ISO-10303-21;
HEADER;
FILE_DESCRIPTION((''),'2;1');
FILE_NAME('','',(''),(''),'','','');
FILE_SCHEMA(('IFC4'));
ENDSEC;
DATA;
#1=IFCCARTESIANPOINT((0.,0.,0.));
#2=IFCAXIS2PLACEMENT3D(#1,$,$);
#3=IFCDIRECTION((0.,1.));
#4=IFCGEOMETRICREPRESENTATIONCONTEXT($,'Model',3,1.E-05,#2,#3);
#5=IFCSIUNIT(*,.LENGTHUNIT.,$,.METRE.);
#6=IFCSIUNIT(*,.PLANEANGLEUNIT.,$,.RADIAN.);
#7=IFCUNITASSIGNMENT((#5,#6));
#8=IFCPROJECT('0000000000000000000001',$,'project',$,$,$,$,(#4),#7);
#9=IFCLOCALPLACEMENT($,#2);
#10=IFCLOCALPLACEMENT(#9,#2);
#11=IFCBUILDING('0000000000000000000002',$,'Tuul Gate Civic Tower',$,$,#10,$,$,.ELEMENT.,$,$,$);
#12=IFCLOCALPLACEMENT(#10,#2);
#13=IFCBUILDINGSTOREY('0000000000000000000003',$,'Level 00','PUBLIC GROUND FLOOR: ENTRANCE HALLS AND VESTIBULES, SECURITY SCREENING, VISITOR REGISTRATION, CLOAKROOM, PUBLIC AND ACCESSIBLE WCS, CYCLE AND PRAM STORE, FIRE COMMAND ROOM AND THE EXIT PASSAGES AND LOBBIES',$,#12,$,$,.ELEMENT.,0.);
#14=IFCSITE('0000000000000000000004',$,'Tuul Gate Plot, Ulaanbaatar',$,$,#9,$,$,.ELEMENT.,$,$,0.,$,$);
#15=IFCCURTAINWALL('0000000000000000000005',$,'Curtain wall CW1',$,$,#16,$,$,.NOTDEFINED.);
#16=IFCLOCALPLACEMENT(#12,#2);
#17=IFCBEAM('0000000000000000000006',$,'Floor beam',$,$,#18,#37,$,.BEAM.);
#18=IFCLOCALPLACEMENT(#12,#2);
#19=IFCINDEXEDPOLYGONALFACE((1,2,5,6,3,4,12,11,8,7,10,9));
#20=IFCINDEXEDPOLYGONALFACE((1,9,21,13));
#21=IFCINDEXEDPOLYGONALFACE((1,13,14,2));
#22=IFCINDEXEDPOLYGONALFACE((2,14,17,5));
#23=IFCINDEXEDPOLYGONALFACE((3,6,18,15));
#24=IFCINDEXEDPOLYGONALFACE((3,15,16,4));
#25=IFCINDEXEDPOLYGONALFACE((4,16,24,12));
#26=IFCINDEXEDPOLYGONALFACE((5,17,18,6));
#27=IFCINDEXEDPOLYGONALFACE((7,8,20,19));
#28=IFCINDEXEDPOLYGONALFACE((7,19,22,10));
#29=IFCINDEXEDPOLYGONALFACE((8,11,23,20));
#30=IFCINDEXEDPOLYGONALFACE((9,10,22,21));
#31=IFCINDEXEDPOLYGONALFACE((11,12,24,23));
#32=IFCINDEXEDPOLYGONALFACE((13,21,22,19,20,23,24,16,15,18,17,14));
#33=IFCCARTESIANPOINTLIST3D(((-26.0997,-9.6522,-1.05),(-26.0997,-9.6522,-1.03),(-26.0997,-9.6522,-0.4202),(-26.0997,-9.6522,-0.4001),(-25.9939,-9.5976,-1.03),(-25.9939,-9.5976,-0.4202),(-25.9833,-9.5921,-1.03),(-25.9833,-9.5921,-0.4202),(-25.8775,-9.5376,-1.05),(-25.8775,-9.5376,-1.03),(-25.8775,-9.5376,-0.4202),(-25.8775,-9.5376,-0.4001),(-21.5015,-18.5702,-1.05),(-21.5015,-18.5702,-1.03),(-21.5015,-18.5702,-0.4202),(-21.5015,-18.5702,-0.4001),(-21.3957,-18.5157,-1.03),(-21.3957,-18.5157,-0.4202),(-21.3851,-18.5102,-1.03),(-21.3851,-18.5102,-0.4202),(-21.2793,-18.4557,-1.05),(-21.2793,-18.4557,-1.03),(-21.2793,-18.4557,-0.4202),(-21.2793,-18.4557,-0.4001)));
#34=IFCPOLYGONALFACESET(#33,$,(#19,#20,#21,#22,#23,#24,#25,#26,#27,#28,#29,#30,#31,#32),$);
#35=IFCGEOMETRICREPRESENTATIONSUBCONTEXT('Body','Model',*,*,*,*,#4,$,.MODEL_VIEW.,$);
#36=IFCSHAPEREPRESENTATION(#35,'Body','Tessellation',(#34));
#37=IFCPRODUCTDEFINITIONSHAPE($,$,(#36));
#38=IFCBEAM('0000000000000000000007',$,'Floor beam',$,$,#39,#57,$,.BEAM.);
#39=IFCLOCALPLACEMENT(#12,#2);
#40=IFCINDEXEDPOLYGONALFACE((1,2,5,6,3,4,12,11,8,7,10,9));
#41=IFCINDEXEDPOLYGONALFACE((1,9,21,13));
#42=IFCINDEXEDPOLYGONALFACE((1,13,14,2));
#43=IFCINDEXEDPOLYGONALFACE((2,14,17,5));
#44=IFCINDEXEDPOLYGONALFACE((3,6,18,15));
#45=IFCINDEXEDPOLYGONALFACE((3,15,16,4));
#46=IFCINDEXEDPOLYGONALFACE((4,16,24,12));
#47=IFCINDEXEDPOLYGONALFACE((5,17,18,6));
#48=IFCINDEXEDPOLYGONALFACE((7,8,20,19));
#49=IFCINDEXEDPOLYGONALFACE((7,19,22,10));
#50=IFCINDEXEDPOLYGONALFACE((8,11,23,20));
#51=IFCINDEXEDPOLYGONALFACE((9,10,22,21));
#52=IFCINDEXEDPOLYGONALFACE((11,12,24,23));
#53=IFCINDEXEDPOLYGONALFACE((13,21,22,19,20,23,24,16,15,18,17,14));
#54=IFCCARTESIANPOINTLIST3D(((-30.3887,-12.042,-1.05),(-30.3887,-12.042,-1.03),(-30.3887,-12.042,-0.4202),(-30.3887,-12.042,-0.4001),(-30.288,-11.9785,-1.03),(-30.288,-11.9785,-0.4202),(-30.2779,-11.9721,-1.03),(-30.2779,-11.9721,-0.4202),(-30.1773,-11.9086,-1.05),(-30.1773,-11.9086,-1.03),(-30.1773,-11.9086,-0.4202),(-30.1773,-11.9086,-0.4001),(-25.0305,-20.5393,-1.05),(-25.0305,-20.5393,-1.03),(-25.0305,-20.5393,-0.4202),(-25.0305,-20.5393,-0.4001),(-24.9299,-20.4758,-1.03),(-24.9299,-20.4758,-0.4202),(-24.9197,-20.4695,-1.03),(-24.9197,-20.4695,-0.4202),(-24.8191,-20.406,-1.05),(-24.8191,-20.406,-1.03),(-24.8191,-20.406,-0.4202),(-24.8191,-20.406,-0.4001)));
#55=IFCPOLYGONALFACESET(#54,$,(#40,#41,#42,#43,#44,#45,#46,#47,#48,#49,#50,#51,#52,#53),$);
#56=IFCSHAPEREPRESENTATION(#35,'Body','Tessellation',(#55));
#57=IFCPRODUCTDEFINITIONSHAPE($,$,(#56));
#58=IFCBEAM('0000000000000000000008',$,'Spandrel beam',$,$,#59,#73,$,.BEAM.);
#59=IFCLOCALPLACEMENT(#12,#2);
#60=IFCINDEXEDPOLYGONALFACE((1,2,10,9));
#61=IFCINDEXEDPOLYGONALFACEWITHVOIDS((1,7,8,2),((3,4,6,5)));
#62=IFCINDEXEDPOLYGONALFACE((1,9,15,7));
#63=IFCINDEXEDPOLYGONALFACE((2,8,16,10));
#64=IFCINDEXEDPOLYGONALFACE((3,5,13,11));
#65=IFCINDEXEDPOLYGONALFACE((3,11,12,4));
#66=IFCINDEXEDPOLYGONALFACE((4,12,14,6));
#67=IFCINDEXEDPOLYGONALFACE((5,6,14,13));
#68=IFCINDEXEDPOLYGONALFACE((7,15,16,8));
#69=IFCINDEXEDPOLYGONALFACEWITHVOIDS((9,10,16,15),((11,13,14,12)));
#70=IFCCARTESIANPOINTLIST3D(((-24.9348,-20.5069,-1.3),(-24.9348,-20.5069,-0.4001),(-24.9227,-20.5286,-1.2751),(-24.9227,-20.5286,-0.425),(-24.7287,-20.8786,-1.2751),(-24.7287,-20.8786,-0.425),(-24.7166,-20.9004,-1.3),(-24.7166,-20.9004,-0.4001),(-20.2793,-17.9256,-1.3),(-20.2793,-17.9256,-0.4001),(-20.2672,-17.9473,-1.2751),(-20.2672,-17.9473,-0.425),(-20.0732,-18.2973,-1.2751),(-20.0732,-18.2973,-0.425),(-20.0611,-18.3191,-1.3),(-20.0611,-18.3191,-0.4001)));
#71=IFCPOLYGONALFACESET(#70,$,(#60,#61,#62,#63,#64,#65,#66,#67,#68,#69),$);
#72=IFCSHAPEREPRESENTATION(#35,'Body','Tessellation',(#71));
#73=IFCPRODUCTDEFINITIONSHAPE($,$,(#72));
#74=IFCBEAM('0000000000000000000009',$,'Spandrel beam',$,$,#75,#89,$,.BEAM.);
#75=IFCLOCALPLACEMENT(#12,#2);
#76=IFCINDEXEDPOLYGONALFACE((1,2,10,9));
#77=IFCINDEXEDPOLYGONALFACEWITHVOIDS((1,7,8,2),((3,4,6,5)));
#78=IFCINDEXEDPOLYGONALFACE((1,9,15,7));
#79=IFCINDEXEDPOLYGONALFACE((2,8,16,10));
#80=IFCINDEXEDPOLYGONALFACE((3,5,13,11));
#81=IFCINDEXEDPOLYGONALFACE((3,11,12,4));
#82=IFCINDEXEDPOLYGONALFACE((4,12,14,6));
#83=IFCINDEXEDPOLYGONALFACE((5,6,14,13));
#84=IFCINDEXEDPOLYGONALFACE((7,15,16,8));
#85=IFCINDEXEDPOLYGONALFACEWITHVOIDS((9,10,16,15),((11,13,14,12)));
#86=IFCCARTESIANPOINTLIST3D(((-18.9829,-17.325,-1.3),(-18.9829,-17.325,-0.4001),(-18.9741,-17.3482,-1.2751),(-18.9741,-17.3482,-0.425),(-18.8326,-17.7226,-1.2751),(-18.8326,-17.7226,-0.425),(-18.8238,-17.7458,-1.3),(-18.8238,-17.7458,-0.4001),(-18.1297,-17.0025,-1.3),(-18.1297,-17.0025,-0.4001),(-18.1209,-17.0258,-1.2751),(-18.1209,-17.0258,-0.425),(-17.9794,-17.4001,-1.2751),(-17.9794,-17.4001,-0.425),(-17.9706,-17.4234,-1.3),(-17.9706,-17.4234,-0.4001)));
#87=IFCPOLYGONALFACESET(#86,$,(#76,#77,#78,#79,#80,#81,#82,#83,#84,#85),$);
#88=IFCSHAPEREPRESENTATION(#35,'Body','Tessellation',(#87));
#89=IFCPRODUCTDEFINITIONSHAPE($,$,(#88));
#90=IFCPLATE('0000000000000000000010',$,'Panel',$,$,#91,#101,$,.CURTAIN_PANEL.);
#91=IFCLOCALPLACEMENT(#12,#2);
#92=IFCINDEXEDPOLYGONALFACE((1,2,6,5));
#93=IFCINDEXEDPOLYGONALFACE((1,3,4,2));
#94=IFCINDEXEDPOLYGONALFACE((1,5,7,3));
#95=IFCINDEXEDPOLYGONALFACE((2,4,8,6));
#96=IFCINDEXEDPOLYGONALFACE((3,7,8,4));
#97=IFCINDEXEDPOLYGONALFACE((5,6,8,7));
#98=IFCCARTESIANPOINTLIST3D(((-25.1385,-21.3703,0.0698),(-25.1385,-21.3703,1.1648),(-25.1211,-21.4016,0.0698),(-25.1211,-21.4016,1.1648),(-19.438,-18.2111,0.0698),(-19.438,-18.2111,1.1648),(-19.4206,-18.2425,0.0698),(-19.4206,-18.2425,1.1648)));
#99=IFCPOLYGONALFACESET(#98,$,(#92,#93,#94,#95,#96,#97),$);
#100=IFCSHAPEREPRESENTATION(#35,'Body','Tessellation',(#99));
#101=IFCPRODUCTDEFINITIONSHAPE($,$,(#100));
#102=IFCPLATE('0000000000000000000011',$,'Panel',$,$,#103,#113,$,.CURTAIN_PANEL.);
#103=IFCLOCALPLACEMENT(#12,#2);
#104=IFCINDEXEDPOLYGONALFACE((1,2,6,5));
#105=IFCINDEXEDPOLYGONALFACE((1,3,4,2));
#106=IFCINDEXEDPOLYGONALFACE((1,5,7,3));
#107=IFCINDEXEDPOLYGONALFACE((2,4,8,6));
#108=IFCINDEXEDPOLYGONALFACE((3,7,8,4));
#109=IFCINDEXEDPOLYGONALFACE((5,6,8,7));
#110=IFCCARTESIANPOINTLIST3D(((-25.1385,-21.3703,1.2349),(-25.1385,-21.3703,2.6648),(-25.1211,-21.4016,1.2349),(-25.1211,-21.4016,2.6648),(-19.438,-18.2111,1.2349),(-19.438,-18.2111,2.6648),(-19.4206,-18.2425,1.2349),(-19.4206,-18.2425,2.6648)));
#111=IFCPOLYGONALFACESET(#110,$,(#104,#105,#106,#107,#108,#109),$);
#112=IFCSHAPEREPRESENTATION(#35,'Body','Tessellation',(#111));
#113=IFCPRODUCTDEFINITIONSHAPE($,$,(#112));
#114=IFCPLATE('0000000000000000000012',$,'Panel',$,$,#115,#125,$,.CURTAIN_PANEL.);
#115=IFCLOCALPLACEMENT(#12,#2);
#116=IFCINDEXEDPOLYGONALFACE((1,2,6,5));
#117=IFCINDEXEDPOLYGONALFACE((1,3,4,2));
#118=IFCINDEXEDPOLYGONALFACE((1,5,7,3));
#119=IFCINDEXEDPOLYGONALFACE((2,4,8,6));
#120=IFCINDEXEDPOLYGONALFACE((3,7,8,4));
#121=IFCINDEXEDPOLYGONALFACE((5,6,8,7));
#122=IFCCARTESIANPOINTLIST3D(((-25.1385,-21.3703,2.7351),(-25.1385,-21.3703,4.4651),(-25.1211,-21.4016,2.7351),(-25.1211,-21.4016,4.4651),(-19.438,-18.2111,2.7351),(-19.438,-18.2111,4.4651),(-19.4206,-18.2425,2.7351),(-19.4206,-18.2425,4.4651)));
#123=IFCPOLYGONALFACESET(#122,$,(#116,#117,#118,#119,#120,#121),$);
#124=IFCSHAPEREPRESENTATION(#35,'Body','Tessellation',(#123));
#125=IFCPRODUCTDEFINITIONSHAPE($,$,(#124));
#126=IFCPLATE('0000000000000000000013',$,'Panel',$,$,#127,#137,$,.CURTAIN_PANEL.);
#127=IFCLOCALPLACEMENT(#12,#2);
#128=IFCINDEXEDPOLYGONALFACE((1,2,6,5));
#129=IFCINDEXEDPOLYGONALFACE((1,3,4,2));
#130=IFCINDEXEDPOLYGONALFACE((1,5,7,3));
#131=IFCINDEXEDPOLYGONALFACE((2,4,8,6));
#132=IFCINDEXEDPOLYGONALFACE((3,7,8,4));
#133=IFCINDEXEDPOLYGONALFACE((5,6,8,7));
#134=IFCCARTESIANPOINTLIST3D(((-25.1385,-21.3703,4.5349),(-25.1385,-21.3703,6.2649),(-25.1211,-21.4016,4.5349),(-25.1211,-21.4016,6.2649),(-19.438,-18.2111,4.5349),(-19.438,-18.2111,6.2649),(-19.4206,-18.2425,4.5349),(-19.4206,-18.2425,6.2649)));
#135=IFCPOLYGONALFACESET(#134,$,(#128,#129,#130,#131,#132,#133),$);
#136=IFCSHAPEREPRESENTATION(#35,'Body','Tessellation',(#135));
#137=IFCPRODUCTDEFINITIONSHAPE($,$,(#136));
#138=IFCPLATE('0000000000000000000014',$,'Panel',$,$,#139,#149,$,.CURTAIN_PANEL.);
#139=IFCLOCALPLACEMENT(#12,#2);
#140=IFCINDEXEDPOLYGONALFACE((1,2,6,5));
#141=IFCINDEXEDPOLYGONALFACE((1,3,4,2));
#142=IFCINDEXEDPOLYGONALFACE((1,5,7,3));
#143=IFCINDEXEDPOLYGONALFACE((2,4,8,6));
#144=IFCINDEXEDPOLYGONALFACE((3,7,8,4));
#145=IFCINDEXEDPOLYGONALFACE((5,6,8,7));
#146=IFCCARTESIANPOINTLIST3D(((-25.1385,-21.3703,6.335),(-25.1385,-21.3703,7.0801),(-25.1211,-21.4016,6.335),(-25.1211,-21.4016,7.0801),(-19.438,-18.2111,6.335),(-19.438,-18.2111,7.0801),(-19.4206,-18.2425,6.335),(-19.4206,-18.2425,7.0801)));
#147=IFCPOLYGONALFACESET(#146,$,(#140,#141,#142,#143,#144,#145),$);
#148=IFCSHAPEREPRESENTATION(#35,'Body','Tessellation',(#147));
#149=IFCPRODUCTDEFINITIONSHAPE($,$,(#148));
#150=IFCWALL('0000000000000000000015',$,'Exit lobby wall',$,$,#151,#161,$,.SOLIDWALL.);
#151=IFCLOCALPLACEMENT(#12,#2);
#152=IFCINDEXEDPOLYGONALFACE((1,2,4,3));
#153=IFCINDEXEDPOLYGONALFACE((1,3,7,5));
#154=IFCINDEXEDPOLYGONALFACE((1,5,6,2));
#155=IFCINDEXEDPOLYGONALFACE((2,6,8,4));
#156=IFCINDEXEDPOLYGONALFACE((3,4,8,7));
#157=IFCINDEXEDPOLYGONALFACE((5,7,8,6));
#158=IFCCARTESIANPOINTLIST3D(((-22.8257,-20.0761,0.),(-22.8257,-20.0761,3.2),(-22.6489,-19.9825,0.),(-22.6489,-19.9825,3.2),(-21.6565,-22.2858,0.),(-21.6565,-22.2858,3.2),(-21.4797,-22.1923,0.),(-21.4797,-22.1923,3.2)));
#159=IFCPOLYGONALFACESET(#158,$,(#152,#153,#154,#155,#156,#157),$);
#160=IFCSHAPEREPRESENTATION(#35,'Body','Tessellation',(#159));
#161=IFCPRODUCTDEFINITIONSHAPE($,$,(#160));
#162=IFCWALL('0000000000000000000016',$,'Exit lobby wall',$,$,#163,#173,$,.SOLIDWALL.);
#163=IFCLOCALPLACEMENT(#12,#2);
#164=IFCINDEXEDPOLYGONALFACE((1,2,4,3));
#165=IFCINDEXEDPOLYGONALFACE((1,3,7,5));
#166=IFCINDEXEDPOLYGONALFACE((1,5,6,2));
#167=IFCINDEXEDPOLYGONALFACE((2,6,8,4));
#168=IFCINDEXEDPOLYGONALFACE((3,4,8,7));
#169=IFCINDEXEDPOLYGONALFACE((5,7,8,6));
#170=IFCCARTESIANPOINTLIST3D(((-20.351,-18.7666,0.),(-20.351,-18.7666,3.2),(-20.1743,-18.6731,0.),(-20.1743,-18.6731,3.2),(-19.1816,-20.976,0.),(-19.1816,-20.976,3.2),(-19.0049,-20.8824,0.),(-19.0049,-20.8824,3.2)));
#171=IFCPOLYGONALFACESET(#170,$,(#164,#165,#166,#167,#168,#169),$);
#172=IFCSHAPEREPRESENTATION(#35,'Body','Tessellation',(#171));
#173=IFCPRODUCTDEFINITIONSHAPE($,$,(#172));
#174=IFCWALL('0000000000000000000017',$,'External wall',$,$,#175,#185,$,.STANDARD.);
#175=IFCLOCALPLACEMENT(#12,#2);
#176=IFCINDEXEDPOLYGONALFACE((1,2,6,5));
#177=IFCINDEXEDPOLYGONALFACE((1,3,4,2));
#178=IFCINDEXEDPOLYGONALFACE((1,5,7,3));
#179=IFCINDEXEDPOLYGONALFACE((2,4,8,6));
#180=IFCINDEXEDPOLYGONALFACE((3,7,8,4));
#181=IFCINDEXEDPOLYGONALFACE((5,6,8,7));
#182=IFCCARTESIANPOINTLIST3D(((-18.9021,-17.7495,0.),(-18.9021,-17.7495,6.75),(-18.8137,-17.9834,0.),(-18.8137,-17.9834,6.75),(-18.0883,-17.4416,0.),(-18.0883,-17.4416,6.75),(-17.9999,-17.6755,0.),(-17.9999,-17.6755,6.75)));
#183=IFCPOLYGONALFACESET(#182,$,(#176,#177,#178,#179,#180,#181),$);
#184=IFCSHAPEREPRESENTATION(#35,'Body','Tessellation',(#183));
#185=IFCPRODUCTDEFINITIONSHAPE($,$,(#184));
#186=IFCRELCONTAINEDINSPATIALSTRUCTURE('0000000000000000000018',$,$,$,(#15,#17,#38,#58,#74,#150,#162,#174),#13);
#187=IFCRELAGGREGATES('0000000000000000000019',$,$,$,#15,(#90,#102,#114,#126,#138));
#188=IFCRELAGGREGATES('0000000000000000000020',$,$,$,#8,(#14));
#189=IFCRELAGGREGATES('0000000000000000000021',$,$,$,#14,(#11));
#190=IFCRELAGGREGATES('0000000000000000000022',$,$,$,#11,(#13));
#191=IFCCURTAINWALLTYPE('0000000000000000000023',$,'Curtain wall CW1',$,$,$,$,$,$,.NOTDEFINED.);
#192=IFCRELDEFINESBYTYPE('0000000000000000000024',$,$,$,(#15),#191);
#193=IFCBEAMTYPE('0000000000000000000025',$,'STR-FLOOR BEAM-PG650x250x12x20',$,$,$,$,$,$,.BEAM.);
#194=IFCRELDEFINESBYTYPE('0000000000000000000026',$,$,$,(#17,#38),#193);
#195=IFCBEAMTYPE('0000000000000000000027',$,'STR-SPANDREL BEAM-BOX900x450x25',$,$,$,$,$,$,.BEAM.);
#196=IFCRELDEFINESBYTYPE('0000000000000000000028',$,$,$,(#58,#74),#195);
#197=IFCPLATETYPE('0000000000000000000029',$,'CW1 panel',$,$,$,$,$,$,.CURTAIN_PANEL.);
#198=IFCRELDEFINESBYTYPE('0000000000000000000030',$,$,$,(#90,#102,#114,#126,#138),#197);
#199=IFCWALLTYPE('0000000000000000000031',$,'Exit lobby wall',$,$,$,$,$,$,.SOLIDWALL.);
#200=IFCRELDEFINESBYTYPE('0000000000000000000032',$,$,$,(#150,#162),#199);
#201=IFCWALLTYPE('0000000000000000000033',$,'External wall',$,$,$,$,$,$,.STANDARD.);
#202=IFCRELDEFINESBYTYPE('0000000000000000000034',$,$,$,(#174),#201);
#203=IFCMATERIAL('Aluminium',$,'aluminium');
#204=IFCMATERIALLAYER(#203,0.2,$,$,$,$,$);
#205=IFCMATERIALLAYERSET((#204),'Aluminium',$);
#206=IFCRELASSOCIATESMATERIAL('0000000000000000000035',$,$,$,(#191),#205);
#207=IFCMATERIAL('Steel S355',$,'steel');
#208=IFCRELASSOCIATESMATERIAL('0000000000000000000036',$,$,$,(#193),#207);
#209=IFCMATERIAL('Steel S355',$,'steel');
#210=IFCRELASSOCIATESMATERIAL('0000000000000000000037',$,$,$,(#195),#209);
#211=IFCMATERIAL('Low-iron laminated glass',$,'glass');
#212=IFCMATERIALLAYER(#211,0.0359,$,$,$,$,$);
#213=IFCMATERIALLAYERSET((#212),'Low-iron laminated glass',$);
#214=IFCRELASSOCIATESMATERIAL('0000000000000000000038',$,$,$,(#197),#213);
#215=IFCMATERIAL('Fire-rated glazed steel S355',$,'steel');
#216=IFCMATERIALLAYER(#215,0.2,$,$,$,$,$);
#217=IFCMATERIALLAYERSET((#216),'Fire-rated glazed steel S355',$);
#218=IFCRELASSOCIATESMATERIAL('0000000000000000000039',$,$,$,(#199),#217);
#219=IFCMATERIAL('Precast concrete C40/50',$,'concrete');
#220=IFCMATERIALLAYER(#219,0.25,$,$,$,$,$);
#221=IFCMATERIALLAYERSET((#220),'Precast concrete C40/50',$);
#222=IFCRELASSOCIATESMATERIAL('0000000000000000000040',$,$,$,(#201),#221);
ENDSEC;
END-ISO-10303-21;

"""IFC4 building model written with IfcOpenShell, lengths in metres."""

from ifc_helpers import new_model, si_unit, direction, frame, frame_2d, origin, origin_2d, place, context, subcontext, project, spatial, rectangle, hollow_rectangle, i_section, extrude, material, layer, layer_set, material_profile, profile_set, type_object, element, aggregate, save


model = new_model("IFC4")

# Units and contexts
model_context = context("Model", 3, precision=1e-05, world=origin(), true_north=direction((0.0, 1.0)))
body_context = subcontext(model_context, "Body", "Model", "MODEL_VIEW")
ifc_project = project(units=[si_unit("LENGTHUNIT", "METRE"), si_unit("PLANEANGLEUNIT", "RADIAN")], contexts=[model_context])

# Site, building, storey
site_placement = place(None, origin())
site = spatial("IfcSite", under=ifc_project, at=site_placement, Name="Tuul Gate Plot, Ulaanbaatar", CompositionType="ELEMENT", RefElevation=0.0)
building_placement = place(site_placement, origin())
building = spatial("IfcBuilding", under=site, at=building_placement, Name="Tuul Gate Civic Tower", CompositionType="ELEMENT")
storey_placement = place(building_placement, origin())
storey = spatial("IfcBuildingStorey", under=building, at=storey_placement, Name="Level 00", Description="PUBLIC GROUND FLOOR: ENTRANCE HALLS AND VESTIBULES, SECURITY SCREENING, VISITOR REGISTRATION, CLOAKROOM, PUBLIC AND ACCESSIBLE WCS, CYCLE AND PRAM STORE, FIRE COMMAND ROOM AND THE EXIT PASSAGES AND LOBBIES", CompositionType="ELEMENT", Elevation=0.0)

# Curtain wall
ifc_material_1 = material(Name="Aluminium", Category="aluminium")
ifc_layer_1 = layer(ifc_material_1, 0.2)
ifc_layer_set_1 = layer_set([ifc_layer_1], Name="Aluminium")
curtain_wall_type_1 = type_object("IfcCurtainWallType", Name="Curtain wall CW1", PredefinedType="NOTDEFINED", material=ifc_layer_set_1)
curtain_wall_1_placement = place(storey_placement, origin())
curtain_wall_1 = element("IfcCurtainWall", 1, at=curtain_wall_1_placement, inside=storey, type_object=curtain_wall_type_1, Name="Curtain wall CW1", PredefinedType="NOTDEFINED")

# Beams
ifc_material_2 = material(Name="Steel S355", Category="steel")
ifc_material_profile_1 = material_profile(ifc_material_2, i_section(OverallWidth=0.25, OverallDepth=0.6499, WebThickness=0.012, FlangeThickness=0.02, at=origin_2d()), Name="PG650x250x12x20")
ifc_profile_set_1 = profile_set([ifc_material_profile_1], Name="Steel S355")
beam_type_1 = type_object("IfcBeamType", Name="STR-FLOOR BEAM-PG650x250x12x20", PredefinedType="BEAM", material=ifc_profile_set_1)
beam_1_placement = place(storey_placement, frame((-21.3904, -18.5129, -0.7251), z_axis=(-0.458275, 0.888811, 0.0), x_axis=(-0.888811, -0.458275, 0.0)))
element("IfcBeam", 2, at=beam_1_placement, inside=storey, type_object=beam_type_1, Name="Floor beam", PredefinedType="BEAM", context=body_context, shape_type="SweptSolid", body=[
    extrude(i_section(OverallWidth=0.25, OverallDepth=0.6499, WebThickness=0.012, FlangeThickness=0.02, at=origin_2d()), origin(), (0.0, 0.0, 1.0), 10.0337),
])
beam_2_placement = place(storey_placement, frame((-24.9248, -20.4727, -0.7251), z_axis=(-0.533383, 0.845874, 0.0), x_axis=(-0.845874, -0.533383, 0.0)))
element("IfcBeam", 3, at=beam_2_placement, inside=storey, type_object=beam_type_1, Name="Floor beam", PredefinedType="BEAM", context=body_context, shape_type="SweptSolid", body=[
    extrude(i_section(OverallWidth=0.25, OverallDepth=0.6499, WebThickness=0.012, FlangeThickness=0.02, at=origin_2d()), origin(), (0.0, 0.0, 1.0), 10.0457),
])
ifc_material_3 = material(Name="Steel S355", Category="steel")
ifc_material_profile_2 = material_profile(ifc_material_3, hollow_rectangle(XDim=0.45, YDim=0.8999, WallThickness=0.0249, at=origin_2d()), Name="BOX900x450x25")
ifc_profile_set_2 = profile_set([ifc_material_profile_2], Name="Steel S355")
beam_type_2 = type_object("IfcBeamType", Name="STR-SPANDREL BEAM-BOX900x450x25", PredefinedType="BEAM", material=ifc_profile_set_2)
beam_3_placement = place(storey_placement, frame((-24.8257, -20.7036, -0.8501), z_axis=(0.874564, 0.484911, 0.0), x_axis=(-0.484911, 0.874564, 0.0)))
element("IfcBeam", 4, at=beam_3_placement, inside=storey, type_object=beam_type_2, Name="Spandrel beam", PredefinedType="BEAM", context=body_context, shape_type="SweptSolid", body=[
    extrude(hollow_rectangle(XDim=0.45, YDim=0.8999, WallThickness=0.0249, at=origin_2d()), origin(), (0.0, 0.0, 1.0), 5.3232),
])
beam_4_placement = place(storey_placement, frame((-18.9033, -17.5354, -0.8501), z_axis=(0.935413, 0.353557, 0.0), x_axis=(-0.353557, 0.935413, 0.0)))
element("IfcBeam", 5, at=beam_4_placement, inside=storey, type_object=beam_type_2, Name="Spandrel beam", PredefinedType="BEAM", context=body_context, shape_type="SweptSolid", body=[
    extrude(hollow_rectangle(XDim=0.45, YDim=0.8999, WallThickness=0.0249, at=origin_2d()), origin(), (0.0, 0.0, 1.0), 0.9121),
])

# Plates
ifc_material_4 = material(Name="Low-iron laminated glass", Category="glass")
ifc_layer_2 = layer(ifc_material_4, 0.0359)
ifc_layer_set_2 = layer_set([ifc_layer_2], Name="Low-iron laminated glass")
plate_type = type_object("IfcPlateType", Name="CW1 panel", PredefinedType="CURTAIN_PANEL", material=ifc_layer_set_2)
plate_1_placement = place(storey_placement, frame((-22.2795, -19.8064, 0.0698), z_axis=(0.0, 0.0, 1.0), x_axis=(0.874667, 0.484724, 0.0)))
plate_1 = element("IfcPlate", 6, at=plate_1_placement, type_object=plate_type, Name="Panel", PredefinedType="CURTAIN_PANEL", context=body_context, shape_type="SweptSolid", body=[
    extrude(rectangle(XDim=6.5173, YDim=0.0359, at=origin_2d()), origin(), (0.0, 0.0, 1.0), 1.095),
])
plate_2_placement = place(storey_placement, frame((-22.2795, -19.8064, 1.2349), z_axis=(0.0, 0.0, 1.0), x_axis=(0.874667, 0.484724, 0.0)))
plate_2 = element("IfcPlate", 7, at=plate_2_placement, type_object=plate_type, Name="Panel", PredefinedType="CURTAIN_PANEL", context=body_context, shape_type="SweptSolid", body=[
    extrude(rectangle(XDim=6.5173, YDim=0.0359, at=origin_2d()), origin(), (0.0, 0.0, 1.0), 1.4299),
])
plate_3_placement = place(storey_placement, frame((-22.2795, -19.8064, 2.7351), z_axis=(0.0, 0.0, 1.0), x_axis=(0.874667, 0.484724, 0.0)))
plate_3 = element("IfcPlate", 8, at=plate_3_placement, type_object=plate_type, Name="Panel", PredefinedType="CURTAIN_PANEL", context=body_context, shape_type="SweptSolid", body=[
    extrude(rectangle(XDim=6.5173, YDim=0.0359, at=origin_2d()), origin(), (0.0, 0.0, 1.0), 1.73),
])
plate_4_placement = place(storey_placement, frame((-22.2795, -19.8064, 4.5349), z_axis=(0.0, 0.0, 1.0), x_axis=(0.874667, 0.484724, 0.0)))
plate_4 = element("IfcPlate", 9, at=plate_4_placement, type_object=plate_type, Name="Panel", PredefinedType="CURTAIN_PANEL", context=body_context, shape_type="SweptSolid", body=[
    extrude(rectangle(XDim=6.5173, YDim=0.0359, at=origin_2d()), origin(), (0.0, 0.0, 1.0), 1.73),
])
plate_5_placement = place(storey_placement, frame((-22.2795, -19.8064, 6.335), z_axis=(0.0, 0.0, 1.0), x_axis=(0.874667, 0.484724, 0.0)))
plate_5 = element("IfcPlate", 10, at=plate_5_placement, type_object=plate_type, Name="Panel", PredefinedType="CURTAIN_PANEL", context=body_context, shape_type="SweptSolid", body=[
    extrude(rectangle(XDim=6.5173, YDim=0.0359, at=origin_2d()), origin(), (0.0, 0.0, 1.0), 0.7451),
])
aggregate(curtain_wall_1, [plate_1, plate_2, plate_3, plate_4, plate_5])

# Walls
ifc_material_5 = material(Name="Fire-rated glazed steel S355", Category="steel")
ifc_layer_3 = layer(ifc_material_5, 0.2)
ifc_layer_set_3 = layer_set([ifc_layer_3], Name="Fire-rated glazed steel S355")
wall_type_1 = type_object("IfcWallType", Name="Exit lobby wall", PredefinedType="SOLIDWALL", material=ifc_layer_set_3)
wall_1_placement = place(storey_placement, frame((-22.7373, -20.0293, 0.0), z_axis=(0.0, 0.0, 1.0), x_axis=(0.467681, -0.883897, 0.0)))
element("IfcWall", 11, at=wall_1_placement, inside=storey, type_object=wall_type_1, Name="Exit lobby wall", PredefinedType="SOLIDWALL", context=body_context, shape_type="SweptSolid", body=[
    extrude(rectangle(XDim=2.5, YDim=0.2, at=frame_2d((1.25, 0.0))), origin(), (0.0, 0.0, 1.0), 3.2),
])
wall_2_placement = place(storey_placement, frame((-20.2627, -18.7197, 0.0), z_axis=(0.0, 0.0, 1.0), x_axis=(0.467798, -0.883835, 0.0)))
element("IfcWall", 12, at=wall_2_placement, inside=storey, type_object=wall_type_1, Name="Exit lobby wall", PredefinedType="SOLIDWALL", context=body_context, shape_type="SweptSolid", body=[
    extrude(rectangle(XDim=2.4998, YDim=0.2, at=frame_2d((1.25, 0.0))), origin(), (0.0, 0.0, 1.0), 3.2),
])

# Wall
ifc_material_6 = material(Name="Precast concrete C40/50", Category="concrete")
ifc_layer_4 = layer(ifc_material_6, 0.25)
ifc_layer_set_4 = layer_set([ifc_layer_4], Name="Precast concrete C40/50")
wall_type_2 = type_object("IfcWallType", Name="External wall", PredefinedType="STANDARD", material=ifc_layer_set_4)
wall_3_placement = place(storey_placement, frame((-18.8579, -17.8665, 0.0), z_axis=(0.0, 0.0, 1.0), x_axis=(0.935299, 0.353859, 0.0)))
element("IfcWall", 13, at=wall_3_placement, inside=storey, type_object=wall_type_2, Name="External wall", PredefinedType="STANDARD", context=body_context, shape_type="SweptSolid", body=[
    extrude(rectangle(XDim=0.8701, YDim=0.25, at=frame_2d((0.4351, 0.0))), origin(), (0.0, 0.0, 1.0), 6.75),
])

save(model, "model.ifc")
